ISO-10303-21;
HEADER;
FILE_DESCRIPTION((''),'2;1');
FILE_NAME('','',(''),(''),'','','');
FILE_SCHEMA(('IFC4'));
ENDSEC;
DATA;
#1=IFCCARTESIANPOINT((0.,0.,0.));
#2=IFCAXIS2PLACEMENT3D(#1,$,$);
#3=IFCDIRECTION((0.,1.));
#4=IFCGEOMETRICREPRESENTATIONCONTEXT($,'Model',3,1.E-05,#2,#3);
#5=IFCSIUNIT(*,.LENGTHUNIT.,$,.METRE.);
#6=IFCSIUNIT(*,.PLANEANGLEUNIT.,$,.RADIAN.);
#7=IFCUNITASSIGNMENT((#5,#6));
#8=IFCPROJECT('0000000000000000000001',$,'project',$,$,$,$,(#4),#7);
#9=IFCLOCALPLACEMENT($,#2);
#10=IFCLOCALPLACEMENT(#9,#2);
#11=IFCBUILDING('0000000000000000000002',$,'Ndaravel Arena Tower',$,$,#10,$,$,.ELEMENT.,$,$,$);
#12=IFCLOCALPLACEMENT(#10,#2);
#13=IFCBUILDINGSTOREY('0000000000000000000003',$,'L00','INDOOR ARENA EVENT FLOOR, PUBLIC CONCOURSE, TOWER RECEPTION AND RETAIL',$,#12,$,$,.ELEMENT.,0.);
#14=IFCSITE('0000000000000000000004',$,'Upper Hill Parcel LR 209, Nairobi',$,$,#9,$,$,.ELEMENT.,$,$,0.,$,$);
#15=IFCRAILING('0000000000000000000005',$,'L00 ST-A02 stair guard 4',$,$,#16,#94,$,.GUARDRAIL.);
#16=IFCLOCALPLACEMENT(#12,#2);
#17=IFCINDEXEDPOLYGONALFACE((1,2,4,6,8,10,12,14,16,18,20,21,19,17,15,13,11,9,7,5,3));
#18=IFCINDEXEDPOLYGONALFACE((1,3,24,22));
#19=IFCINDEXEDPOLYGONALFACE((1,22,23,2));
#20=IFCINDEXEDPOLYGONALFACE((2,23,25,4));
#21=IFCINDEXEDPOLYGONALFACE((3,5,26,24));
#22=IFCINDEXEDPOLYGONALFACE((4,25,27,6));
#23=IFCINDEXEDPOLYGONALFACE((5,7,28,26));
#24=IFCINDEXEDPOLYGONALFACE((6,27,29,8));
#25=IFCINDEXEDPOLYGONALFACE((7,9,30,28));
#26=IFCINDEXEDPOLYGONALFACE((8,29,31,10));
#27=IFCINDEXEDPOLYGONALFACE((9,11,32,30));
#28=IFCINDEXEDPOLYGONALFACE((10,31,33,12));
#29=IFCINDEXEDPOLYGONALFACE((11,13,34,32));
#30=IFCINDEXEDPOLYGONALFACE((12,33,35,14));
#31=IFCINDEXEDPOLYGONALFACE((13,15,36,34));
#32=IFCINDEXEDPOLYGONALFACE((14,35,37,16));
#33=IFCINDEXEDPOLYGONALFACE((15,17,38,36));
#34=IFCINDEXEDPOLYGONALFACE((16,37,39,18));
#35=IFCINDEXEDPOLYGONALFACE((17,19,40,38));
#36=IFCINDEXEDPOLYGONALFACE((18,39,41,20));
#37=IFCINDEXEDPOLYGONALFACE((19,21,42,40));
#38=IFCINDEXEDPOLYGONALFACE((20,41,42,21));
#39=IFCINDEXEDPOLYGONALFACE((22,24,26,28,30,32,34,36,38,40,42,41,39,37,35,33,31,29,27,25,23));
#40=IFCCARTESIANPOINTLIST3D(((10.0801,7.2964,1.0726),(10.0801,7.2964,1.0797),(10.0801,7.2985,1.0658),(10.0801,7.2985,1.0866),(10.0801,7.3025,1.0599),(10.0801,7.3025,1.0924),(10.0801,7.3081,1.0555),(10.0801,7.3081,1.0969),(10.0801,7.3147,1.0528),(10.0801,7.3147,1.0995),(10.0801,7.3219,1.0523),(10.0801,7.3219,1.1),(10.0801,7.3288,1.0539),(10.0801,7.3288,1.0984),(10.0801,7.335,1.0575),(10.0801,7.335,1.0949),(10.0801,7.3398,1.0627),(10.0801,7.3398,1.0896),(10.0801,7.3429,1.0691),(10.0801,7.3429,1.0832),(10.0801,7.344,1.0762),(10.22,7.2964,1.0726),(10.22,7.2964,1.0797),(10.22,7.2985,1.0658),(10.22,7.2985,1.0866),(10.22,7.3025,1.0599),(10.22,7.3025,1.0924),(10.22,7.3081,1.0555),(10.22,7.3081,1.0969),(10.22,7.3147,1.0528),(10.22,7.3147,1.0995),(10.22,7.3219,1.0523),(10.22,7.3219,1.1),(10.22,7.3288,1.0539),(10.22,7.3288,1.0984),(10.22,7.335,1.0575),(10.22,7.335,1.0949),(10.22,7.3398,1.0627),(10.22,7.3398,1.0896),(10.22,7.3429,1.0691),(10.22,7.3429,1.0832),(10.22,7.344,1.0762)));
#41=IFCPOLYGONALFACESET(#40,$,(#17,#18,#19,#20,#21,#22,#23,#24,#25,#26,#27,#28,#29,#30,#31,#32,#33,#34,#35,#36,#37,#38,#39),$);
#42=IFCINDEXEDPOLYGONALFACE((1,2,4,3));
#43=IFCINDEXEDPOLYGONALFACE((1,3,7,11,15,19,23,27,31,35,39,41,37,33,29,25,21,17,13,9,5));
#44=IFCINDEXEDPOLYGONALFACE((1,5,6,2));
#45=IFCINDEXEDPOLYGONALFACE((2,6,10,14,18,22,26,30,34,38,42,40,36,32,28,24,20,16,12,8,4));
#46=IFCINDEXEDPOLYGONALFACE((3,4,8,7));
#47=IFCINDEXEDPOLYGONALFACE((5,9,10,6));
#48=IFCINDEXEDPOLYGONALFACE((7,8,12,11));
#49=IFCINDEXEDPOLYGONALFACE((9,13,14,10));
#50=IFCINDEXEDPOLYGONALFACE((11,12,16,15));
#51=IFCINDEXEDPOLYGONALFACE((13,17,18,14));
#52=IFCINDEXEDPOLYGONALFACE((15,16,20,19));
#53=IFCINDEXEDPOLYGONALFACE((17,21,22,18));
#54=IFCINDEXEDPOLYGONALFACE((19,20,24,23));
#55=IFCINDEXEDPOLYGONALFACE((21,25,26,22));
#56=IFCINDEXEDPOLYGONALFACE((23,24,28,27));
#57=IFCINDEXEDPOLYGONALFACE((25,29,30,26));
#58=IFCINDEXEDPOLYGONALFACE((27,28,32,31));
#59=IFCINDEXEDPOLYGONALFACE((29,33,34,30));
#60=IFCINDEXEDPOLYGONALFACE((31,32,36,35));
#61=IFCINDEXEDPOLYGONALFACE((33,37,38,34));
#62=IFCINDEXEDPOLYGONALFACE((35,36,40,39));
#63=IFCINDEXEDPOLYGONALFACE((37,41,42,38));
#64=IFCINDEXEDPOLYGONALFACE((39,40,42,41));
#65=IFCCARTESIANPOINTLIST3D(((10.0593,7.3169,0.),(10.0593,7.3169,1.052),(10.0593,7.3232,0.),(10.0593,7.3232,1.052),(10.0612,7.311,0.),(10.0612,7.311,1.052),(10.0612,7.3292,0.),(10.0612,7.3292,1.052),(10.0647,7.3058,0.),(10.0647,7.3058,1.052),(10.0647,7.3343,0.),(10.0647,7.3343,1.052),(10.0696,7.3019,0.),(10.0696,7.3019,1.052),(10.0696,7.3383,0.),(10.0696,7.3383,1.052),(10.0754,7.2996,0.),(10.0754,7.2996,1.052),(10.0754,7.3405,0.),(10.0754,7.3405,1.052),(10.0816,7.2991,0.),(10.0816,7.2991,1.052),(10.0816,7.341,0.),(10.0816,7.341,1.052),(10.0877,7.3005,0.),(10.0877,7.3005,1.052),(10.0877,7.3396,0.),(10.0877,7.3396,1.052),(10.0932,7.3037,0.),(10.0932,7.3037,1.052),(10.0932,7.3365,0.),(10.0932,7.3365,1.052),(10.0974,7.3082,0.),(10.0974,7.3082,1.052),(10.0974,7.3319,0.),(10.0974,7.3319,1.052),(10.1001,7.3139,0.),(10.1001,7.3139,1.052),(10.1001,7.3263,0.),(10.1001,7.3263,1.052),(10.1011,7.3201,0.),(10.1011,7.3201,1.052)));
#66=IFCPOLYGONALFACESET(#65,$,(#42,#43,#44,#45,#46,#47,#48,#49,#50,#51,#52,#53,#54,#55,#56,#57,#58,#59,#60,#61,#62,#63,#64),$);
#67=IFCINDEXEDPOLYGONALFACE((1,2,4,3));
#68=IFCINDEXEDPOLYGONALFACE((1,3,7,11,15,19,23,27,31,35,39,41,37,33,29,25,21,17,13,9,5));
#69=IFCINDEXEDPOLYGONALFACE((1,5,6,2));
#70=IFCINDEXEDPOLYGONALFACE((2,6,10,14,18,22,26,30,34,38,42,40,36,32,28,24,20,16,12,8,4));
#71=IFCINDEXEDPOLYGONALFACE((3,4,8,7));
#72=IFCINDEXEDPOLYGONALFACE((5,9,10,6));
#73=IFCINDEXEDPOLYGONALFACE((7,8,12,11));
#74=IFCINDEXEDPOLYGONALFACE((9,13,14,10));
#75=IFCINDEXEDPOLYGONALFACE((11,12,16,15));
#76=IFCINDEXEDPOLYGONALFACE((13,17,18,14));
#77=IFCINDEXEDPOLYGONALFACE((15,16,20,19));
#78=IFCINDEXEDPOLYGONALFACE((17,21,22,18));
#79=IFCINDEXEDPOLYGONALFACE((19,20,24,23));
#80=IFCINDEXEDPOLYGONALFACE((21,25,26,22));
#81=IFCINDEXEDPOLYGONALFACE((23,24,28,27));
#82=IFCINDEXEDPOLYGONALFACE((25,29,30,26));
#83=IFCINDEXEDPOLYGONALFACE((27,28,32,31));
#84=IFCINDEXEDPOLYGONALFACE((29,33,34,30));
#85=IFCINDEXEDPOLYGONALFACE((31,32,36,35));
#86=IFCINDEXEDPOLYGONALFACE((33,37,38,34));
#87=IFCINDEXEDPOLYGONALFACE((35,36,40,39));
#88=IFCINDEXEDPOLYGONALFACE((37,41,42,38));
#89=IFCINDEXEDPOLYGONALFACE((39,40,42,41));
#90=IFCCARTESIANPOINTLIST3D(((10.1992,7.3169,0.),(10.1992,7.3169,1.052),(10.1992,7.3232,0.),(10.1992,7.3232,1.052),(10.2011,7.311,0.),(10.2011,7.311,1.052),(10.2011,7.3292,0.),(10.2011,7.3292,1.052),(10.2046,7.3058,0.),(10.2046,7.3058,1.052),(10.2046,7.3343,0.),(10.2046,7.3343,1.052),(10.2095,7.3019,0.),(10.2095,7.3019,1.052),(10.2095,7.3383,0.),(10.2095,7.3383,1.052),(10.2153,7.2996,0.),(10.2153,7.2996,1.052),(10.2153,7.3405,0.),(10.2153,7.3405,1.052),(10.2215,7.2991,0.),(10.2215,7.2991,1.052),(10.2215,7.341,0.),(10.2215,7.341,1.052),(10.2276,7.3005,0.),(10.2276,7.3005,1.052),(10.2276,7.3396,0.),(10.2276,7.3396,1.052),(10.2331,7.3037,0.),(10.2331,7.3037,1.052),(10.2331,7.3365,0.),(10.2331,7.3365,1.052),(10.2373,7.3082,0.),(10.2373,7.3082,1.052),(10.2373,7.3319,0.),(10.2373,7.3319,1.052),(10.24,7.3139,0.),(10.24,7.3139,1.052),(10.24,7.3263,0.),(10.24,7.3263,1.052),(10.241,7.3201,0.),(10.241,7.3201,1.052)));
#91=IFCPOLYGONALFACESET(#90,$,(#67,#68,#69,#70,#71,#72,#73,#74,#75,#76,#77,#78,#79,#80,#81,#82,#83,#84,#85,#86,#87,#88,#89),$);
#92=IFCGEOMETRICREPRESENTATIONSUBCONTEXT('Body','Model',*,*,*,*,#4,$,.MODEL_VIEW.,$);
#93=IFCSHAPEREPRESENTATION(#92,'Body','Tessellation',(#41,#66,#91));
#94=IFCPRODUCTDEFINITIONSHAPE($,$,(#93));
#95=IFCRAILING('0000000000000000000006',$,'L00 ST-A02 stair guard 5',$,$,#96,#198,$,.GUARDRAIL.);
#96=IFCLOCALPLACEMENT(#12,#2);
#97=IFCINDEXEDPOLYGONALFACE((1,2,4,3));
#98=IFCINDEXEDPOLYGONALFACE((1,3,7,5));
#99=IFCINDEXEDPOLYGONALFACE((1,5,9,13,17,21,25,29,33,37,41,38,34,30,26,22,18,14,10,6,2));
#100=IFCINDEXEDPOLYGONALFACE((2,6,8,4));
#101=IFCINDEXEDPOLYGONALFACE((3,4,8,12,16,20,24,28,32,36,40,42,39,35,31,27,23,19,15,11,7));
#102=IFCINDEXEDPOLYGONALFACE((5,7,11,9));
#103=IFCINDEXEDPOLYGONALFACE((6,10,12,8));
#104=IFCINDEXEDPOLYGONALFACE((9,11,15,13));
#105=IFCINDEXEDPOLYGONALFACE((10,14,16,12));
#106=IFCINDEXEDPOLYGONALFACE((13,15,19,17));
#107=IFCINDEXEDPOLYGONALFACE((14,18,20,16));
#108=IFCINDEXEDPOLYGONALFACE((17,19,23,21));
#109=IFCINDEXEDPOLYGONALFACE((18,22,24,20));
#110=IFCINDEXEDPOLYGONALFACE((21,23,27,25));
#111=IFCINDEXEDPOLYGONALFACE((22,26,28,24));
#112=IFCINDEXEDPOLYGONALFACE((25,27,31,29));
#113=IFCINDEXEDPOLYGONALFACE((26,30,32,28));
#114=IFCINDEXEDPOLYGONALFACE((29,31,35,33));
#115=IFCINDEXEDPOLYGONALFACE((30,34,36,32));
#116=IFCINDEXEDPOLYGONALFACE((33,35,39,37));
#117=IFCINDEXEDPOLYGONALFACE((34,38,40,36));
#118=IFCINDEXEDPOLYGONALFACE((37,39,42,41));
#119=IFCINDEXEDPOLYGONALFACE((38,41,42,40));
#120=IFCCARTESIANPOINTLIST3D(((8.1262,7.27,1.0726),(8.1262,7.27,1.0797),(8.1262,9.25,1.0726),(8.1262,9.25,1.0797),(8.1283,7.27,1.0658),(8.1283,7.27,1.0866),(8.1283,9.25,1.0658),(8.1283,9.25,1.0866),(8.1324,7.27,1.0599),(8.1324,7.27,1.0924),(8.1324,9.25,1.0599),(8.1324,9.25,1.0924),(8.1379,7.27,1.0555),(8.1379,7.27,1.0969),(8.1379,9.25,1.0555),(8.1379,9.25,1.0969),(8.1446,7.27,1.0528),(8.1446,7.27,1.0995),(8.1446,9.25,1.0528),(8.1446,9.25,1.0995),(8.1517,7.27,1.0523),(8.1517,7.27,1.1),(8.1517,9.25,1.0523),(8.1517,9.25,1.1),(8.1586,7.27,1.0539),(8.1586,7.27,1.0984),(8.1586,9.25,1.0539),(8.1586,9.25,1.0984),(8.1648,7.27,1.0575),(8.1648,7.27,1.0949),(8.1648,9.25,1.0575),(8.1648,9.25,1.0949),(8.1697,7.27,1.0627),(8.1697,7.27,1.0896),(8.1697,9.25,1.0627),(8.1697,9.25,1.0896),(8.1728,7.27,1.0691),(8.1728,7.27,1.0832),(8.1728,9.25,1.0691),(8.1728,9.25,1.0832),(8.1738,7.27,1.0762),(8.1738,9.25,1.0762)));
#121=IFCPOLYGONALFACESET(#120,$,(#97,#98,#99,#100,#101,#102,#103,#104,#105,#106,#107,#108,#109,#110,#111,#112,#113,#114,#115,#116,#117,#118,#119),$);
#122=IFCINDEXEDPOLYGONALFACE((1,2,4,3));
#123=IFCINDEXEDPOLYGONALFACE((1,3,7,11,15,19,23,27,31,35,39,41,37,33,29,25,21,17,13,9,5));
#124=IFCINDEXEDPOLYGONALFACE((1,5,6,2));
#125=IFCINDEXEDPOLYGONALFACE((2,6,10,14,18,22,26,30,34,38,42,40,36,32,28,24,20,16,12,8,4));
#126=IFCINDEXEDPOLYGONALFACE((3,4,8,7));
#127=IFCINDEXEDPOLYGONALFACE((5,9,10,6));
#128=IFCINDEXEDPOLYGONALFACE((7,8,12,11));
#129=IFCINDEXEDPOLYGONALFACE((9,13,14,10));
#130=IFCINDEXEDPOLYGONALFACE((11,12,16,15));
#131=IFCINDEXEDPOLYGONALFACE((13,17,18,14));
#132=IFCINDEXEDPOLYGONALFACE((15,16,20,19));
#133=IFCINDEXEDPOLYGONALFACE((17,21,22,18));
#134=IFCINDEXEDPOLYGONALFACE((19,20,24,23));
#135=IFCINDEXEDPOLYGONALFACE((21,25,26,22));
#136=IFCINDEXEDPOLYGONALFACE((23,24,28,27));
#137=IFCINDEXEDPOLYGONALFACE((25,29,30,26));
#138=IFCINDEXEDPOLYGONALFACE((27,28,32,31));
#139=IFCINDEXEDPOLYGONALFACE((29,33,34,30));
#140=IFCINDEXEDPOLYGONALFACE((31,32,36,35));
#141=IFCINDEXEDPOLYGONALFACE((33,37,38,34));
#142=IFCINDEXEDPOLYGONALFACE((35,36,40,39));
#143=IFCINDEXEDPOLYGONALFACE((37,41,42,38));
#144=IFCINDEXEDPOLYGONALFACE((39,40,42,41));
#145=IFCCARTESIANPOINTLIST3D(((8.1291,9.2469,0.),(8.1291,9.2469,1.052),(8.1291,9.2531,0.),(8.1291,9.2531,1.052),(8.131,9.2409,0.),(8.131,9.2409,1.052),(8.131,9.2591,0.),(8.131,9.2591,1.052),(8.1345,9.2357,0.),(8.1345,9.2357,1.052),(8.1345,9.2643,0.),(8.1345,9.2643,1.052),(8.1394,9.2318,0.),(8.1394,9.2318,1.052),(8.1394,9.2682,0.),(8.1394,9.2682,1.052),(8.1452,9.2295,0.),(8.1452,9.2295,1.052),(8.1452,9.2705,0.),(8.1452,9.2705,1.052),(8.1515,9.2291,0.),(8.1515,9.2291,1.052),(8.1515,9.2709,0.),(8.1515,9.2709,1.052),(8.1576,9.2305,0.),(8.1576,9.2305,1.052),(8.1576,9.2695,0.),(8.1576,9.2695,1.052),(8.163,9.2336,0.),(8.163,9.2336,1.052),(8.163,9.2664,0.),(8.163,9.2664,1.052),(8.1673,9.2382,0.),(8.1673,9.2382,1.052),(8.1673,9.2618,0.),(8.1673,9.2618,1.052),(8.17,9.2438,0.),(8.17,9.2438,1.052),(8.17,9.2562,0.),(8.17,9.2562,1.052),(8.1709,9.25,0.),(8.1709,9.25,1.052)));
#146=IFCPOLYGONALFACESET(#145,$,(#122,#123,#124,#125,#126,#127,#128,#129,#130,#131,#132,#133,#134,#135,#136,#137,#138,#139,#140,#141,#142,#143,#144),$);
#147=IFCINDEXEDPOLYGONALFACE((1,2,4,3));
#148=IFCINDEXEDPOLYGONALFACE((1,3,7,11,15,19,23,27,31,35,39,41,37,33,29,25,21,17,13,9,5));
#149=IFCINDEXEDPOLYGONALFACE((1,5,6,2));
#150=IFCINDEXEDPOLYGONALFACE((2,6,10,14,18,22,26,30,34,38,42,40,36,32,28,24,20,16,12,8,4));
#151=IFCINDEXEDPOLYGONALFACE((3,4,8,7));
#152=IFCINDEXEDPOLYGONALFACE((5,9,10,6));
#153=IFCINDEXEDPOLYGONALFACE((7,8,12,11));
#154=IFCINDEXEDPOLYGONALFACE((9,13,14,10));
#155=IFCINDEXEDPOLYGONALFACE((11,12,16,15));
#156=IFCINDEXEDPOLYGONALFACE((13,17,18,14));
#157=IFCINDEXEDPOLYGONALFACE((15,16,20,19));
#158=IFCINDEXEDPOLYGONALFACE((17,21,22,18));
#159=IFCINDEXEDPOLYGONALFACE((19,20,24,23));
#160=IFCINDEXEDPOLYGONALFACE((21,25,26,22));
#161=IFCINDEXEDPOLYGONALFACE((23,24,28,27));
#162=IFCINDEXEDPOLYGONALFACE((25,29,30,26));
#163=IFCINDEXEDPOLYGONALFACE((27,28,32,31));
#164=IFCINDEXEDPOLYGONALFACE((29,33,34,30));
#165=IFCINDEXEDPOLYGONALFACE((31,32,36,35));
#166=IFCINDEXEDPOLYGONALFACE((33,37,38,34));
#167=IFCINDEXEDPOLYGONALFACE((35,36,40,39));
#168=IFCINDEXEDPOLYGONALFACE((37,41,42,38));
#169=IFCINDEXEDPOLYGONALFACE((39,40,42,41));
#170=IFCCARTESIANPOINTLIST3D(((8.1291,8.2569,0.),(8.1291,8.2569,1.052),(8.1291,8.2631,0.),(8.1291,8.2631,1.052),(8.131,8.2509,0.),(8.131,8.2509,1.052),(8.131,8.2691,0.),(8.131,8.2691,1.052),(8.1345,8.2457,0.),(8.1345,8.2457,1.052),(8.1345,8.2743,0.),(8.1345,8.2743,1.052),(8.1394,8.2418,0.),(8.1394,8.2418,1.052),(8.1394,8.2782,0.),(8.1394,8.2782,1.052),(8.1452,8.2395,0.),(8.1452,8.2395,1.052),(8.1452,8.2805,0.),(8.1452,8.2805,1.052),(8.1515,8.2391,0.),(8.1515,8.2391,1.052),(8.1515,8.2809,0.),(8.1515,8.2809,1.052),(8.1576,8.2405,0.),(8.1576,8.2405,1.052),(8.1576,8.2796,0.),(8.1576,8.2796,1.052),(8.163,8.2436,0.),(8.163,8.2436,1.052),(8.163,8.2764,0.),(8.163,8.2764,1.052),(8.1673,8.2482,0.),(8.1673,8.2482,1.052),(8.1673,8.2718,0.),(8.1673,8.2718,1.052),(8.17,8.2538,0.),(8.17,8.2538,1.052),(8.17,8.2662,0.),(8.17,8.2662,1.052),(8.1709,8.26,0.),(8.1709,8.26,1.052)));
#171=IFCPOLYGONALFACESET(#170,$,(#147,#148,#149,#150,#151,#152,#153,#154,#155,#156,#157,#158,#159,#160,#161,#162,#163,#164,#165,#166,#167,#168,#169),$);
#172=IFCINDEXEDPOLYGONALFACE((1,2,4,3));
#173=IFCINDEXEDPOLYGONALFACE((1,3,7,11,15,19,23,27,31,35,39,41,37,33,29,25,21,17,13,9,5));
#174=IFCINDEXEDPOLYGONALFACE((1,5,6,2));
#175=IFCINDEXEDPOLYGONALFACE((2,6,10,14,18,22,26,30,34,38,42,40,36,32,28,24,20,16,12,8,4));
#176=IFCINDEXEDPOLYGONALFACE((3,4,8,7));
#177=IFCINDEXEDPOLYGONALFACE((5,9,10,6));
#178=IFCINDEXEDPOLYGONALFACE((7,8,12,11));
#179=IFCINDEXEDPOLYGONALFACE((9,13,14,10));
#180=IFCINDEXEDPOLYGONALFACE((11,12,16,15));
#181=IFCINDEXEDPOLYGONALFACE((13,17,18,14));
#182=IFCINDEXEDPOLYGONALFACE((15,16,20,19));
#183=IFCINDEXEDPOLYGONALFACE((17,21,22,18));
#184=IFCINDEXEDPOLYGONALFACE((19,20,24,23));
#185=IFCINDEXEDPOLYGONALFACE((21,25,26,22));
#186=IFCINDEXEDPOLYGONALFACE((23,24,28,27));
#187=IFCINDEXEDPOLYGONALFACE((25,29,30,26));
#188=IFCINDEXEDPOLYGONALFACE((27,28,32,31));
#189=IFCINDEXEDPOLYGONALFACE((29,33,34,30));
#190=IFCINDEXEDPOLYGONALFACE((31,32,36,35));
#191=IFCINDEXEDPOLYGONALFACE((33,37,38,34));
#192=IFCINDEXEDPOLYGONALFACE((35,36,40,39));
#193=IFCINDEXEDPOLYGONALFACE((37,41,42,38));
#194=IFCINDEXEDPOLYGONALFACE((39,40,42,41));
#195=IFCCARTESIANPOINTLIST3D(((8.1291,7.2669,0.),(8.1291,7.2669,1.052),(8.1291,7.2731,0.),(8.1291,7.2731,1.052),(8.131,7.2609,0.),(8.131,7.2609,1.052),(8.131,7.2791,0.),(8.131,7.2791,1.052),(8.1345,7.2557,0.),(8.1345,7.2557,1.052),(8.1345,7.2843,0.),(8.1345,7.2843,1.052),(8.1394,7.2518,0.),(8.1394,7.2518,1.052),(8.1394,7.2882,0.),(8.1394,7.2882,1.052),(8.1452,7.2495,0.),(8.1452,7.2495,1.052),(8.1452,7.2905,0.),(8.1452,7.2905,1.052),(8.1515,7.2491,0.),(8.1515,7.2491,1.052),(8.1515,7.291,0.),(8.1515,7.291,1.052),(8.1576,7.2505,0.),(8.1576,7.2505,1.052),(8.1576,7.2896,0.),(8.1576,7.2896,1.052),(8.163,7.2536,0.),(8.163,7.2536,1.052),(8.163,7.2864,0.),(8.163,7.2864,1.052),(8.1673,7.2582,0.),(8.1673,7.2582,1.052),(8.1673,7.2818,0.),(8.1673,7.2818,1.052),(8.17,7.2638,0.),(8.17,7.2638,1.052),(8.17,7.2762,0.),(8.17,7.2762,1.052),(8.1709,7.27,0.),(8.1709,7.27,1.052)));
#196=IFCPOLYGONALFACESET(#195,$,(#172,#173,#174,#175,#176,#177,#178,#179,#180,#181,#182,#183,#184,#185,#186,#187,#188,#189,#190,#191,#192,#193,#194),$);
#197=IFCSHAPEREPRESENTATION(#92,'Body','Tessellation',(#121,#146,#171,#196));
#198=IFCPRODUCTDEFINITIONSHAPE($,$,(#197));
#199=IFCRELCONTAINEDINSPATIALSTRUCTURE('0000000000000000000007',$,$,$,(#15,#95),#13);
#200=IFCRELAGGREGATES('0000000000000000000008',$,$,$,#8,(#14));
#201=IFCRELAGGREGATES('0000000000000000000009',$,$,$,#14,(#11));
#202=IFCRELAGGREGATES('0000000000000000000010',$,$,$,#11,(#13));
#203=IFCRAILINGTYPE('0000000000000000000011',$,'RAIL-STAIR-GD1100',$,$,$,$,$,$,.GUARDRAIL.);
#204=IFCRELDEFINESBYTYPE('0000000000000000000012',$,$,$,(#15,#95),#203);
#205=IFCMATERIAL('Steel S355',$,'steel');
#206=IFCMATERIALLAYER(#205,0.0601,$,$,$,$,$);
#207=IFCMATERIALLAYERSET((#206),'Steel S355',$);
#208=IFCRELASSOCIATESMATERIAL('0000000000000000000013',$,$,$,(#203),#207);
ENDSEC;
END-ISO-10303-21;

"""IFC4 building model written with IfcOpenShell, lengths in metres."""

from ifc_helpers import new_model, si_unit, direction, frame, origin, origin_2d, place, context, subcontext, project, spatial, circle, extrude, material, layer, layer_set, type_object, element, save


model = new_model("IFC4")

# Units and contexts
model_context = context("Model", 3, precision=1e-05, world=origin(), true_north=direction((0.0, 1.0)))
body_context = subcontext(model_context, "Body", "Model", "MODEL_VIEW")
ifc_project = project(units=[si_unit("LENGTHUNIT", "METRE"), si_unit("PLANEANGLEUNIT", "RADIAN")], contexts=[model_context])

# Site, building, storey
site_placement = place(None, origin())
site = spatial("IfcSite", under=ifc_project, at=site_placement, Name="Upper Hill Parcel LR 209, Nairobi", CompositionType="ELEMENT", RefElevation=0.0)
building_placement = place(site_placement, origin())
building = spatial("IfcBuilding", under=site, at=building_placement, Name="Ndaravel Arena Tower", CompositionType="ELEMENT")
storey_placement = place(building_placement, origin())
storey = spatial("IfcBuildingStorey", under=building, at=storey_placement, Name="L00", Description="INDOOR ARENA EVENT FLOOR, PUBLIC CONCOURSE, TOWER RECEPTION AND RETAIL", CompositionType="ELEMENT", Elevation=0.0)

# Railings
ifc_material_1 = material(Name="Steel S355", Category="steel")
ifc_layer_1 = layer(ifc_material_1, 0.0601)
ifc_layer_set_1 = layer_set([ifc_layer_1], Name="Steel S355")
railing_type = type_object("IfcRailingType", Name="RAIL-STAIR-GD1100", PredefinedType="GUARDRAIL", material=ifc_layer_set_1)
railing_1_placement = place(storey_placement, frame((10.0801, 7.3201, 0.0)))
element("IfcRailing", 1, at=railing_1_placement, inside=storey, type_object=railing_type, Name="L00 ST-A02 stair guard 4", PredefinedType="GUARDRAIL", context=body_context, shape_type="SweptSolid", body=[
    extrude(circle(Radius=0.0239, at=origin_2d()), frame((0.0, 0.0, 1.0762), z_axis=(1.0, 0.0, 0.0), x_axis=(0.0, 1.0, 0.0)), (0.0, 0.0, 1.0), 0.1399),
    extrude(circle(Radius=0.021, at=origin_2d()), origin(), (0.0, 0.0, 1.0), 1.052),
    extrude(circle(Radius=0.021, at=origin_2d()), frame((0.1399, 0.0, 0.0)), (0.0, 0.0, 1.0), 1.052),
])
for number, where, name in (
    (2, (8.1499, 9.25, 0.0), "L00 ST-A02 stair guard 5"),
):
    element("IfcRailing", number, at=place(storey_placement, frame(where)), inside=storey, type_object=railing_type, Name=name, PredefinedType="GUARDRAIL", context=body_context, shape_type="SweptSolid", body=[
        extrude(circle(Radius=0.0239, at=origin_2d()), frame((0.0, 0.0, 1.0762), z_axis=(0.0, -1.0, 0.0), x_axis=(1.0, 0.0, 0.0)), (0.0, 0.0, 1.0), 1.98),
        extrude(circle(Radius=0.021, at=origin_2d()), origin(), (0.0, 0.0, 1.0), 1.052),
        extrude(circle(Radius=0.021, at=origin_2d()), frame((0.0, -0.99, 0.0)), (0.0, 0.0, 1.0), 1.052),
        extrude(circle(Radius=0.021, at=origin_2d()), frame((0.0, -1.98, 0.0)), (0.0, 0.0, 1.0), 1.052),
    ])

save(model, "model.ifc")
